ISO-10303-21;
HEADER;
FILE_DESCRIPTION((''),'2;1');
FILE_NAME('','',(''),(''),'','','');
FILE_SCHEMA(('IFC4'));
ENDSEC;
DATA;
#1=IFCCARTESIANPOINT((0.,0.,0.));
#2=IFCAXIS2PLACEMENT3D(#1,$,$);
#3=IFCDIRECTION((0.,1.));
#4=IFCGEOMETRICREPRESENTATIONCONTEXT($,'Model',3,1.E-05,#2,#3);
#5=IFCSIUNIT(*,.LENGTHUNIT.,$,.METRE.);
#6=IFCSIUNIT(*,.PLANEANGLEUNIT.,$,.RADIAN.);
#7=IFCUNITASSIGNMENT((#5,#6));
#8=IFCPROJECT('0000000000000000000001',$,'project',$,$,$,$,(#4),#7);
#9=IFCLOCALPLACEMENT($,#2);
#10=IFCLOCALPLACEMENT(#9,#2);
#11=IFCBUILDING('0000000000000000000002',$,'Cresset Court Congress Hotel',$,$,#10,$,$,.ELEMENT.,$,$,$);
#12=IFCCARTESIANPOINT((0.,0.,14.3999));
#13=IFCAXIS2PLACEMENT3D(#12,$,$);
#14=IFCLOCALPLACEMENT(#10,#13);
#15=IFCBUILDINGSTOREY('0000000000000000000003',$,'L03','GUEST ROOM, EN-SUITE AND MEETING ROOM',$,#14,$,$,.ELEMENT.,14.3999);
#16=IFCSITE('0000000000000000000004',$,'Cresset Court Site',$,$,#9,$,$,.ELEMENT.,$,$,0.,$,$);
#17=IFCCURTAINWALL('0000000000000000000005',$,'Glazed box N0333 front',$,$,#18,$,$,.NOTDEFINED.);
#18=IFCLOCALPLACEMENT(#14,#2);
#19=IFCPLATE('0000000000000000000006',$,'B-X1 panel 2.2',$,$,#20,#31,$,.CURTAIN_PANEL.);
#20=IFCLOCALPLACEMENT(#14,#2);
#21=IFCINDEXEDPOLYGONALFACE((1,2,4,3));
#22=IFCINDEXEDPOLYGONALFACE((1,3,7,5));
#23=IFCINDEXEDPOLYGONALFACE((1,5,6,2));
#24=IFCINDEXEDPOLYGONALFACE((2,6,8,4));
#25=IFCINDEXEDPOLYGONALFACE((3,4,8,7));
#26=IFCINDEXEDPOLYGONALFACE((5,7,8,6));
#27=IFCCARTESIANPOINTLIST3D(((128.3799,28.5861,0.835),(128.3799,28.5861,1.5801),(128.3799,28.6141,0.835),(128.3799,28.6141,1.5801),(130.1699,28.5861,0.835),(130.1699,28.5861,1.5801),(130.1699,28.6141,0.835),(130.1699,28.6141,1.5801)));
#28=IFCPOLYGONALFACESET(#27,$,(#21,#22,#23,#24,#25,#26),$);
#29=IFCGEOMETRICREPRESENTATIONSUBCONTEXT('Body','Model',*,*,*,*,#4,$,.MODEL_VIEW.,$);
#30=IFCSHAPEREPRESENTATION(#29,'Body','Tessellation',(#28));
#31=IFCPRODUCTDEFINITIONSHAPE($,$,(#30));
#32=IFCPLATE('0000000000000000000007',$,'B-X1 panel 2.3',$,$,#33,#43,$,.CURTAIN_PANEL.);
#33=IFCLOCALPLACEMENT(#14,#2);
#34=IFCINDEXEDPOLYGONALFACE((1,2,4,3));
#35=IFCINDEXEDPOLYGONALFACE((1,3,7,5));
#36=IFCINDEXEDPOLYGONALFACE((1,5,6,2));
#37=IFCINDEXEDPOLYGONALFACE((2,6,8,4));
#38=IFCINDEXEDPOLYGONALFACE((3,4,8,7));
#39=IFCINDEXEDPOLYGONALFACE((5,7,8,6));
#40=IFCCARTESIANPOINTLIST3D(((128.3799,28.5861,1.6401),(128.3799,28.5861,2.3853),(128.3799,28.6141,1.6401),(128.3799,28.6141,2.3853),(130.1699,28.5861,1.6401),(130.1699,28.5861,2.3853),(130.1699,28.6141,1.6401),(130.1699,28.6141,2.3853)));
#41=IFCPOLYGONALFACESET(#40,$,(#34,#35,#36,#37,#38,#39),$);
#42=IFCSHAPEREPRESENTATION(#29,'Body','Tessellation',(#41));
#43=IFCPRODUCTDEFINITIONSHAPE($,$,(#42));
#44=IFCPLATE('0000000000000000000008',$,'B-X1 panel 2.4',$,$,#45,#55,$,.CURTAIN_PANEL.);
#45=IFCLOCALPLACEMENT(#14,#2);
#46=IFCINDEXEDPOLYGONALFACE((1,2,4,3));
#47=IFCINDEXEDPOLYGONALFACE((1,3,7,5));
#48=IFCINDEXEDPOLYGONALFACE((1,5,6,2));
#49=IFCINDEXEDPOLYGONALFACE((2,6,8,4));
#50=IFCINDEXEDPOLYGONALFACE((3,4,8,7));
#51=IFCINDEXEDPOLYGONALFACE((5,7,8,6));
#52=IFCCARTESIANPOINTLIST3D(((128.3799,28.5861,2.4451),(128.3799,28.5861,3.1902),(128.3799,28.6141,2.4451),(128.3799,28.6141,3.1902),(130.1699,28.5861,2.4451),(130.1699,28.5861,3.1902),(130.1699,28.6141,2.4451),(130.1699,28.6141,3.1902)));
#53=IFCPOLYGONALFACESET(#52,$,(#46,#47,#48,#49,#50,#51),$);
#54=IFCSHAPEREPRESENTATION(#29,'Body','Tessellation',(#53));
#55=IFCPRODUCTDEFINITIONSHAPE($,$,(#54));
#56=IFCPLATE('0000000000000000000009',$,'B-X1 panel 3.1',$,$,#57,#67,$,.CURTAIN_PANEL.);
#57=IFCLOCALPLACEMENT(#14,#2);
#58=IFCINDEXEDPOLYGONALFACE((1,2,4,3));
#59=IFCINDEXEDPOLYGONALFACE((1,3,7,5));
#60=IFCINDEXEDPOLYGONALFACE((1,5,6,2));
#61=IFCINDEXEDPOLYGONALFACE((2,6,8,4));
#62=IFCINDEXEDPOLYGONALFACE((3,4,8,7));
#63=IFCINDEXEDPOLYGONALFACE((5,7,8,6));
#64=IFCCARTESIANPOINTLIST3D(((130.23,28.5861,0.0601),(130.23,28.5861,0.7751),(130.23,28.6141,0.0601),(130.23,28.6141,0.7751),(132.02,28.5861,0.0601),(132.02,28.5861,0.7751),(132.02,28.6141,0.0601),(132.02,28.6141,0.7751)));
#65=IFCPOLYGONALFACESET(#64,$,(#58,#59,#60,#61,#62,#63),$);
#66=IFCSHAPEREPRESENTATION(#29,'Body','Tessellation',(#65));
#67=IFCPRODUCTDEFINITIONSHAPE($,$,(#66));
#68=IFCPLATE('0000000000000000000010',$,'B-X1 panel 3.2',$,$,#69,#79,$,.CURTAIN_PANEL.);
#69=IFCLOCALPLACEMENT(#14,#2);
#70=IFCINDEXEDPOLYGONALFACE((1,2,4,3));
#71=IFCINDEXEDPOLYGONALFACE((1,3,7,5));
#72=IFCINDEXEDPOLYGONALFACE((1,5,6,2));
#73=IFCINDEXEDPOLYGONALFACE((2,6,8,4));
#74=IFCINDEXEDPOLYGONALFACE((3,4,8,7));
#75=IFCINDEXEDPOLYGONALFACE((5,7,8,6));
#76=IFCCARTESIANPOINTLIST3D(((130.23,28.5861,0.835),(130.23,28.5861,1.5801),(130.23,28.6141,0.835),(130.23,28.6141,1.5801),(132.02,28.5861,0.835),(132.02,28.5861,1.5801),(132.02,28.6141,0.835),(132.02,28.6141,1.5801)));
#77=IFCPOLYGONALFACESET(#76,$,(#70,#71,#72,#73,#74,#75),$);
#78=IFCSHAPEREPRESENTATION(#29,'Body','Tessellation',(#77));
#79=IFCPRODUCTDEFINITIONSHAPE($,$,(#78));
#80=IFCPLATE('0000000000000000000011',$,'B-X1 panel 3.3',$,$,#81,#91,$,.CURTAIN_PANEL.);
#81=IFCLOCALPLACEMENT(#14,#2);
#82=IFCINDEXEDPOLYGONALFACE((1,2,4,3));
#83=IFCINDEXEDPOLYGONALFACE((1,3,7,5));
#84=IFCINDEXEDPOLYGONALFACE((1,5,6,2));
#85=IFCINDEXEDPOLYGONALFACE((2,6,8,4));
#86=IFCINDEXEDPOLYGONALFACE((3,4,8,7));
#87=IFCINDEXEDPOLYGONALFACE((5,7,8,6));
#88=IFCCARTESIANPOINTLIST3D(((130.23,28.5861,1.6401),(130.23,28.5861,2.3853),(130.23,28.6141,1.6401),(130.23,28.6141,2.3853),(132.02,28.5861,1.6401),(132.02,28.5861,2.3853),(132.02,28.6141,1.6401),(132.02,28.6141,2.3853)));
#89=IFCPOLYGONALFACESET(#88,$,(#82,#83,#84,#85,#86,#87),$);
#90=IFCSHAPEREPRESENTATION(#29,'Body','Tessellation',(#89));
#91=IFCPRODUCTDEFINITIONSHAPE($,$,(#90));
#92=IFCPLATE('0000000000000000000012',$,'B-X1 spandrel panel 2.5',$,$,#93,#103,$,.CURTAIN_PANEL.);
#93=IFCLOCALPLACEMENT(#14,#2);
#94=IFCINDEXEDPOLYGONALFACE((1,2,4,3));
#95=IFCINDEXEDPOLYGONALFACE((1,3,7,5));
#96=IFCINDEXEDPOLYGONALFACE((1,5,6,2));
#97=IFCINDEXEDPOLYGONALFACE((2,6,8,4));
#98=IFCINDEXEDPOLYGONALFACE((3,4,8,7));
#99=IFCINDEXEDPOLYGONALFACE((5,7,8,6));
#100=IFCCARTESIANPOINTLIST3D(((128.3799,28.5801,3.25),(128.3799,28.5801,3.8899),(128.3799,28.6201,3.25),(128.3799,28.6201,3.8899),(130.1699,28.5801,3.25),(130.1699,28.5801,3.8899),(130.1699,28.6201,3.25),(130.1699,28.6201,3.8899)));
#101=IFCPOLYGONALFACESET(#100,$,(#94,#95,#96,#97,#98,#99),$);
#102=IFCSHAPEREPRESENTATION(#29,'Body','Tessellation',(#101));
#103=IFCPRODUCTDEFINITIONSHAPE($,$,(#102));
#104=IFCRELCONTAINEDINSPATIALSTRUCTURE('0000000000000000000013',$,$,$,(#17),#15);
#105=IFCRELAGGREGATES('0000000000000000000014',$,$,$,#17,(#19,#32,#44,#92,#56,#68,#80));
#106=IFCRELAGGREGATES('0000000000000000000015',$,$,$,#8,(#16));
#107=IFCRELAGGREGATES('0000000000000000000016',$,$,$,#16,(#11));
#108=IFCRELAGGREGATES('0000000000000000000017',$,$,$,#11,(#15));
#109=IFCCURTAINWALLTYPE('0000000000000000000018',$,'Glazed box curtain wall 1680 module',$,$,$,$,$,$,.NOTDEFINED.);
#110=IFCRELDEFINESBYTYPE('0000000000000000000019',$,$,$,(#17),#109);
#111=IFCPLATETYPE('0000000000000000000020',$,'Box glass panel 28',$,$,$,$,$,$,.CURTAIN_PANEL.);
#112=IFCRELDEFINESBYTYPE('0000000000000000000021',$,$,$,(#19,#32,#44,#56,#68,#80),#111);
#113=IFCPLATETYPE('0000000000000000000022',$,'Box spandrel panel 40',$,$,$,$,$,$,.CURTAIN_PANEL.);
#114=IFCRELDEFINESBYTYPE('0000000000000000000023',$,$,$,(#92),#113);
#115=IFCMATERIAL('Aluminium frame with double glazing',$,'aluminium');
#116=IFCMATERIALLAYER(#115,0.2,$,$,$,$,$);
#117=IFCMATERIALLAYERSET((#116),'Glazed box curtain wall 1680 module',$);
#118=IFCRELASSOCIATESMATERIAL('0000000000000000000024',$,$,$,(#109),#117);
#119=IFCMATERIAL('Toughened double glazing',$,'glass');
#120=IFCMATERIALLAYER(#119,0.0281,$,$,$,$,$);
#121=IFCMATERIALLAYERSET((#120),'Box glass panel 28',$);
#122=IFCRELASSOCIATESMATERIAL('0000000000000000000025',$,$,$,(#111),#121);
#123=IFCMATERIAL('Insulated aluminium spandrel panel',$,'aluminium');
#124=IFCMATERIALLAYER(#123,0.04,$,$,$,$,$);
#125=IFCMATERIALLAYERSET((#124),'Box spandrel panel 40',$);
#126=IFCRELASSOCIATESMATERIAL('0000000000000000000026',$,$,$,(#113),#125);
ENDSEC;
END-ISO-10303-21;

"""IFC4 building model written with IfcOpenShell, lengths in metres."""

from ifc_helpers import new_model, si_unit, direction, frame, origin, origin_2d, place, context, subcontext, project, spatial, rectangle, extrude, material, layer, layer_set, type_object, element, aggregate, save


model = new_model("IFC4")

# Units and contexts
model_context = context("Model", 3, precision=1e-05, world=origin(), true_north=direction((0.0, 1.0)))
body_context = subcontext(model_context, "Body", "Model", "MODEL_VIEW")
ifc_project = project(units=[si_unit("LENGTHUNIT", "METRE"), si_unit("PLANEANGLEUNIT", "RADIAN")], contexts=[model_context])

# Site, building, storey
site_placement = place(None, origin())
site = spatial("IfcSite", under=ifc_project, at=site_placement, Name="Cresset Court Site", CompositionType="ELEMENT", RefElevation=0.0)
building_placement = place(site_placement, origin())
building = spatial("IfcBuilding", under=site, at=building_placement, Name="Cresset Court Congress Hotel", CompositionType="ELEMENT")
storey_placement = place(building_placement, frame((0.0, 0.0, 14.3999)))
storey = spatial("IfcBuildingStorey", under=building, at=storey_placement, Name="L03", Description="GUEST ROOM, EN-SUITE AND MEETING ROOM", CompositionType="ELEMENT", Elevation=14.3999)

# Curtain wall, plates
ifc_material_1 = material(Name="Aluminium frame with double glazing", Category="aluminium")
ifc_layer_1 = layer(ifc_material_1, 0.2)
ifc_layer_set_1 = layer_set([ifc_layer_1], Name="Glazed box curtain wall 1680 module")
curtain_wall_type = type_object("IfcCurtainWallType", Name="Glazed box curtain wall 1680 module", PredefinedType="NOTDEFINED", material=ifc_layer_set_1)
curtain_wall_placement = place(storey_placement, origin())
curtain_wall = element("IfcCurtainWall", 1, at=curtain_wall_placement, inside=storey, type_object=curtain_wall_type, Name="Glazed box N0333 front", PredefinedType="NOTDEFINED")
ifc_material_2 = material(Name="Toughened double glazing", Category="glass")
ifc_layer_2 = layer(ifc_material_2, 0.0281)
ifc_layer_set_2 = layer_set([ifc_layer_2], Name="Box glass panel 28")
plate_type_1 = type_object("IfcPlateType", Name="Box glass panel 28", PredefinedType="CURTAIN_PANEL", material=ifc_layer_set_2)
plate_1_placement = place(storey_placement, frame((129.2749, 28.6001, 0.835), z_axis=(0.0, 0.0, 1.0), x_axis=(1.0, 0.0, 0.0)))
plate_1 = element("IfcPlate", 2, at=plate_1_placement, type_object=plate_type_1, Name="B-X1 panel 2.2", PredefinedType="CURTAIN_PANEL", context=body_context, shape_type="SweptSolid", body=[
    extrude(rectangle(XDim=1.79, YDim=0.0281, at=origin_2d()), origin(), (0.0, 0.0, 1.0), 0.7451),
])
plate_2_placement = place(storey_placement, frame((129.2749, 28.6001, 1.6401), z_axis=(0.0, 0.0, 1.0), x_axis=(1.0, 0.0, 0.0)))
plate_2 = element("IfcPlate", 3, at=plate_2_placement, type_object=plate_type_1, Name="B-X1 panel 2.3", PredefinedType="CURTAIN_PANEL", context=body_context, shape_type="SweptSolid", body=[
    extrude(rectangle(XDim=1.79, YDim=0.0281, at=origin_2d()), origin(), (0.0, 0.0, 1.0), 0.7451),
])
plate_3_placement = place(storey_placement, frame((129.2749, 28.6001, 2.4451), z_axis=(0.0, 0.0, 1.0), x_axis=(1.0, 0.0, 0.0)))
plate_3 = element("IfcPlate", 4, at=plate_3_placement, type_object=plate_type_1, Name="B-X1 panel 2.4", PredefinedType="CURTAIN_PANEL", context=body_context, shape_type="SweptSolid", body=[
    extrude(rectangle(XDim=1.79, YDim=0.0281, at=origin_2d()), origin(), (0.0, 0.0, 1.0), 0.7451),
])
plate_4_placement = place(storey_placement, frame((131.125, 28.6001, 0.0601), z_axis=(0.0, 0.0, 1.0), x_axis=(1.0, 0.0, 0.0)))
plate_4 = element("IfcPlate", 5, at=plate_4_placement, type_object=plate_type_1, Name="B-X1 panel 3.1", PredefinedType="CURTAIN_PANEL", context=body_context, shape_type="SweptSolid", body=[
    extrude(rectangle(XDim=1.79, YDim=0.0281, at=origin_2d()), origin(), (0.0, 0.0, 1.0), 0.7151),
])
plate_5_placement = place(storey_placement, frame((131.125, 28.6001, 0.835), z_axis=(0.0, 0.0, 1.0), x_axis=(1.0, 0.0, 0.0)))
plate_5 = element("IfcPlate", 6, at=plate_5_placement, type_object=plate_type_1, Name="B-X1 panel 3.2", PredefinedType="CURTAIN_PANEL", context=body_context, shape_type="SweptSolid", body=[
    extrude(rectangle(XDim=1.79, YDim=0.0281, at=origin_2d()), origin(), (0.0, 0.0, 1.0), 0.7451),
])
plate_6_placement = place(storey_placement, frame((131.125, 28.6001, 1.6401), z_axis=(0.0, 0.0, 1.0), x_axis=(1.0, 0.0, 0.0)))
plate_6 = element("IfcPlate", 7, at=plate_6_placement, type_object=plate_type_1, Name="B-X1 panel 3.3", PredefinedType="CURTAIN_PANEL", context=body_context, shape_type="SweptSolid", body=[
    extrude(rectangle(XDim=1.79, YDim=0.0281, at=origin_2d()), origin(), (0.0, 0.0, 1.0), 0.7451),
])
ifc_material_3 = material(Name="Insulated aluminium spandrel panel", Category="aluminium")
ifc_layer_3 = layer(ifc_material_3, 0.04)
ifc_layer_set_3 = layer_set([ifc_layer_3], Name="Box spandrel panel 40")
plate_type_2 = type_object("IfcPlateType", Name="Box spandrel panel 40", PredefinedType="CURTAIN_PANEL", material=ifc_layer_set_3)
plate_7_placement = place(storey_placement, frame((129.2749, 28.6001, 3.25), z_axis=(0.0, 0.0, 1.0), x_axis=(1.0, 0.0, 0.0)))
plate_7 = element("IfcPlate", 8, at=plate_7_placement, type_object=plate_type_2, Name="B-X1 spandrel panel 2.5", PredefinedType="CURTAIN_PANEL", context=body_context, shape_type="SweptSolid", body=[
    extrude(rectangle(XDim=1.79, YDim=0.04, at=origin_2d()), origin(), (0.0, 0.0, 1.0), 0.6399),
])
aggregate(curtain_wall, [plate_1, plate_2, plate_3, plate_7, plate_4, plate_5, plate_6])

save(model, "model.ifc")
